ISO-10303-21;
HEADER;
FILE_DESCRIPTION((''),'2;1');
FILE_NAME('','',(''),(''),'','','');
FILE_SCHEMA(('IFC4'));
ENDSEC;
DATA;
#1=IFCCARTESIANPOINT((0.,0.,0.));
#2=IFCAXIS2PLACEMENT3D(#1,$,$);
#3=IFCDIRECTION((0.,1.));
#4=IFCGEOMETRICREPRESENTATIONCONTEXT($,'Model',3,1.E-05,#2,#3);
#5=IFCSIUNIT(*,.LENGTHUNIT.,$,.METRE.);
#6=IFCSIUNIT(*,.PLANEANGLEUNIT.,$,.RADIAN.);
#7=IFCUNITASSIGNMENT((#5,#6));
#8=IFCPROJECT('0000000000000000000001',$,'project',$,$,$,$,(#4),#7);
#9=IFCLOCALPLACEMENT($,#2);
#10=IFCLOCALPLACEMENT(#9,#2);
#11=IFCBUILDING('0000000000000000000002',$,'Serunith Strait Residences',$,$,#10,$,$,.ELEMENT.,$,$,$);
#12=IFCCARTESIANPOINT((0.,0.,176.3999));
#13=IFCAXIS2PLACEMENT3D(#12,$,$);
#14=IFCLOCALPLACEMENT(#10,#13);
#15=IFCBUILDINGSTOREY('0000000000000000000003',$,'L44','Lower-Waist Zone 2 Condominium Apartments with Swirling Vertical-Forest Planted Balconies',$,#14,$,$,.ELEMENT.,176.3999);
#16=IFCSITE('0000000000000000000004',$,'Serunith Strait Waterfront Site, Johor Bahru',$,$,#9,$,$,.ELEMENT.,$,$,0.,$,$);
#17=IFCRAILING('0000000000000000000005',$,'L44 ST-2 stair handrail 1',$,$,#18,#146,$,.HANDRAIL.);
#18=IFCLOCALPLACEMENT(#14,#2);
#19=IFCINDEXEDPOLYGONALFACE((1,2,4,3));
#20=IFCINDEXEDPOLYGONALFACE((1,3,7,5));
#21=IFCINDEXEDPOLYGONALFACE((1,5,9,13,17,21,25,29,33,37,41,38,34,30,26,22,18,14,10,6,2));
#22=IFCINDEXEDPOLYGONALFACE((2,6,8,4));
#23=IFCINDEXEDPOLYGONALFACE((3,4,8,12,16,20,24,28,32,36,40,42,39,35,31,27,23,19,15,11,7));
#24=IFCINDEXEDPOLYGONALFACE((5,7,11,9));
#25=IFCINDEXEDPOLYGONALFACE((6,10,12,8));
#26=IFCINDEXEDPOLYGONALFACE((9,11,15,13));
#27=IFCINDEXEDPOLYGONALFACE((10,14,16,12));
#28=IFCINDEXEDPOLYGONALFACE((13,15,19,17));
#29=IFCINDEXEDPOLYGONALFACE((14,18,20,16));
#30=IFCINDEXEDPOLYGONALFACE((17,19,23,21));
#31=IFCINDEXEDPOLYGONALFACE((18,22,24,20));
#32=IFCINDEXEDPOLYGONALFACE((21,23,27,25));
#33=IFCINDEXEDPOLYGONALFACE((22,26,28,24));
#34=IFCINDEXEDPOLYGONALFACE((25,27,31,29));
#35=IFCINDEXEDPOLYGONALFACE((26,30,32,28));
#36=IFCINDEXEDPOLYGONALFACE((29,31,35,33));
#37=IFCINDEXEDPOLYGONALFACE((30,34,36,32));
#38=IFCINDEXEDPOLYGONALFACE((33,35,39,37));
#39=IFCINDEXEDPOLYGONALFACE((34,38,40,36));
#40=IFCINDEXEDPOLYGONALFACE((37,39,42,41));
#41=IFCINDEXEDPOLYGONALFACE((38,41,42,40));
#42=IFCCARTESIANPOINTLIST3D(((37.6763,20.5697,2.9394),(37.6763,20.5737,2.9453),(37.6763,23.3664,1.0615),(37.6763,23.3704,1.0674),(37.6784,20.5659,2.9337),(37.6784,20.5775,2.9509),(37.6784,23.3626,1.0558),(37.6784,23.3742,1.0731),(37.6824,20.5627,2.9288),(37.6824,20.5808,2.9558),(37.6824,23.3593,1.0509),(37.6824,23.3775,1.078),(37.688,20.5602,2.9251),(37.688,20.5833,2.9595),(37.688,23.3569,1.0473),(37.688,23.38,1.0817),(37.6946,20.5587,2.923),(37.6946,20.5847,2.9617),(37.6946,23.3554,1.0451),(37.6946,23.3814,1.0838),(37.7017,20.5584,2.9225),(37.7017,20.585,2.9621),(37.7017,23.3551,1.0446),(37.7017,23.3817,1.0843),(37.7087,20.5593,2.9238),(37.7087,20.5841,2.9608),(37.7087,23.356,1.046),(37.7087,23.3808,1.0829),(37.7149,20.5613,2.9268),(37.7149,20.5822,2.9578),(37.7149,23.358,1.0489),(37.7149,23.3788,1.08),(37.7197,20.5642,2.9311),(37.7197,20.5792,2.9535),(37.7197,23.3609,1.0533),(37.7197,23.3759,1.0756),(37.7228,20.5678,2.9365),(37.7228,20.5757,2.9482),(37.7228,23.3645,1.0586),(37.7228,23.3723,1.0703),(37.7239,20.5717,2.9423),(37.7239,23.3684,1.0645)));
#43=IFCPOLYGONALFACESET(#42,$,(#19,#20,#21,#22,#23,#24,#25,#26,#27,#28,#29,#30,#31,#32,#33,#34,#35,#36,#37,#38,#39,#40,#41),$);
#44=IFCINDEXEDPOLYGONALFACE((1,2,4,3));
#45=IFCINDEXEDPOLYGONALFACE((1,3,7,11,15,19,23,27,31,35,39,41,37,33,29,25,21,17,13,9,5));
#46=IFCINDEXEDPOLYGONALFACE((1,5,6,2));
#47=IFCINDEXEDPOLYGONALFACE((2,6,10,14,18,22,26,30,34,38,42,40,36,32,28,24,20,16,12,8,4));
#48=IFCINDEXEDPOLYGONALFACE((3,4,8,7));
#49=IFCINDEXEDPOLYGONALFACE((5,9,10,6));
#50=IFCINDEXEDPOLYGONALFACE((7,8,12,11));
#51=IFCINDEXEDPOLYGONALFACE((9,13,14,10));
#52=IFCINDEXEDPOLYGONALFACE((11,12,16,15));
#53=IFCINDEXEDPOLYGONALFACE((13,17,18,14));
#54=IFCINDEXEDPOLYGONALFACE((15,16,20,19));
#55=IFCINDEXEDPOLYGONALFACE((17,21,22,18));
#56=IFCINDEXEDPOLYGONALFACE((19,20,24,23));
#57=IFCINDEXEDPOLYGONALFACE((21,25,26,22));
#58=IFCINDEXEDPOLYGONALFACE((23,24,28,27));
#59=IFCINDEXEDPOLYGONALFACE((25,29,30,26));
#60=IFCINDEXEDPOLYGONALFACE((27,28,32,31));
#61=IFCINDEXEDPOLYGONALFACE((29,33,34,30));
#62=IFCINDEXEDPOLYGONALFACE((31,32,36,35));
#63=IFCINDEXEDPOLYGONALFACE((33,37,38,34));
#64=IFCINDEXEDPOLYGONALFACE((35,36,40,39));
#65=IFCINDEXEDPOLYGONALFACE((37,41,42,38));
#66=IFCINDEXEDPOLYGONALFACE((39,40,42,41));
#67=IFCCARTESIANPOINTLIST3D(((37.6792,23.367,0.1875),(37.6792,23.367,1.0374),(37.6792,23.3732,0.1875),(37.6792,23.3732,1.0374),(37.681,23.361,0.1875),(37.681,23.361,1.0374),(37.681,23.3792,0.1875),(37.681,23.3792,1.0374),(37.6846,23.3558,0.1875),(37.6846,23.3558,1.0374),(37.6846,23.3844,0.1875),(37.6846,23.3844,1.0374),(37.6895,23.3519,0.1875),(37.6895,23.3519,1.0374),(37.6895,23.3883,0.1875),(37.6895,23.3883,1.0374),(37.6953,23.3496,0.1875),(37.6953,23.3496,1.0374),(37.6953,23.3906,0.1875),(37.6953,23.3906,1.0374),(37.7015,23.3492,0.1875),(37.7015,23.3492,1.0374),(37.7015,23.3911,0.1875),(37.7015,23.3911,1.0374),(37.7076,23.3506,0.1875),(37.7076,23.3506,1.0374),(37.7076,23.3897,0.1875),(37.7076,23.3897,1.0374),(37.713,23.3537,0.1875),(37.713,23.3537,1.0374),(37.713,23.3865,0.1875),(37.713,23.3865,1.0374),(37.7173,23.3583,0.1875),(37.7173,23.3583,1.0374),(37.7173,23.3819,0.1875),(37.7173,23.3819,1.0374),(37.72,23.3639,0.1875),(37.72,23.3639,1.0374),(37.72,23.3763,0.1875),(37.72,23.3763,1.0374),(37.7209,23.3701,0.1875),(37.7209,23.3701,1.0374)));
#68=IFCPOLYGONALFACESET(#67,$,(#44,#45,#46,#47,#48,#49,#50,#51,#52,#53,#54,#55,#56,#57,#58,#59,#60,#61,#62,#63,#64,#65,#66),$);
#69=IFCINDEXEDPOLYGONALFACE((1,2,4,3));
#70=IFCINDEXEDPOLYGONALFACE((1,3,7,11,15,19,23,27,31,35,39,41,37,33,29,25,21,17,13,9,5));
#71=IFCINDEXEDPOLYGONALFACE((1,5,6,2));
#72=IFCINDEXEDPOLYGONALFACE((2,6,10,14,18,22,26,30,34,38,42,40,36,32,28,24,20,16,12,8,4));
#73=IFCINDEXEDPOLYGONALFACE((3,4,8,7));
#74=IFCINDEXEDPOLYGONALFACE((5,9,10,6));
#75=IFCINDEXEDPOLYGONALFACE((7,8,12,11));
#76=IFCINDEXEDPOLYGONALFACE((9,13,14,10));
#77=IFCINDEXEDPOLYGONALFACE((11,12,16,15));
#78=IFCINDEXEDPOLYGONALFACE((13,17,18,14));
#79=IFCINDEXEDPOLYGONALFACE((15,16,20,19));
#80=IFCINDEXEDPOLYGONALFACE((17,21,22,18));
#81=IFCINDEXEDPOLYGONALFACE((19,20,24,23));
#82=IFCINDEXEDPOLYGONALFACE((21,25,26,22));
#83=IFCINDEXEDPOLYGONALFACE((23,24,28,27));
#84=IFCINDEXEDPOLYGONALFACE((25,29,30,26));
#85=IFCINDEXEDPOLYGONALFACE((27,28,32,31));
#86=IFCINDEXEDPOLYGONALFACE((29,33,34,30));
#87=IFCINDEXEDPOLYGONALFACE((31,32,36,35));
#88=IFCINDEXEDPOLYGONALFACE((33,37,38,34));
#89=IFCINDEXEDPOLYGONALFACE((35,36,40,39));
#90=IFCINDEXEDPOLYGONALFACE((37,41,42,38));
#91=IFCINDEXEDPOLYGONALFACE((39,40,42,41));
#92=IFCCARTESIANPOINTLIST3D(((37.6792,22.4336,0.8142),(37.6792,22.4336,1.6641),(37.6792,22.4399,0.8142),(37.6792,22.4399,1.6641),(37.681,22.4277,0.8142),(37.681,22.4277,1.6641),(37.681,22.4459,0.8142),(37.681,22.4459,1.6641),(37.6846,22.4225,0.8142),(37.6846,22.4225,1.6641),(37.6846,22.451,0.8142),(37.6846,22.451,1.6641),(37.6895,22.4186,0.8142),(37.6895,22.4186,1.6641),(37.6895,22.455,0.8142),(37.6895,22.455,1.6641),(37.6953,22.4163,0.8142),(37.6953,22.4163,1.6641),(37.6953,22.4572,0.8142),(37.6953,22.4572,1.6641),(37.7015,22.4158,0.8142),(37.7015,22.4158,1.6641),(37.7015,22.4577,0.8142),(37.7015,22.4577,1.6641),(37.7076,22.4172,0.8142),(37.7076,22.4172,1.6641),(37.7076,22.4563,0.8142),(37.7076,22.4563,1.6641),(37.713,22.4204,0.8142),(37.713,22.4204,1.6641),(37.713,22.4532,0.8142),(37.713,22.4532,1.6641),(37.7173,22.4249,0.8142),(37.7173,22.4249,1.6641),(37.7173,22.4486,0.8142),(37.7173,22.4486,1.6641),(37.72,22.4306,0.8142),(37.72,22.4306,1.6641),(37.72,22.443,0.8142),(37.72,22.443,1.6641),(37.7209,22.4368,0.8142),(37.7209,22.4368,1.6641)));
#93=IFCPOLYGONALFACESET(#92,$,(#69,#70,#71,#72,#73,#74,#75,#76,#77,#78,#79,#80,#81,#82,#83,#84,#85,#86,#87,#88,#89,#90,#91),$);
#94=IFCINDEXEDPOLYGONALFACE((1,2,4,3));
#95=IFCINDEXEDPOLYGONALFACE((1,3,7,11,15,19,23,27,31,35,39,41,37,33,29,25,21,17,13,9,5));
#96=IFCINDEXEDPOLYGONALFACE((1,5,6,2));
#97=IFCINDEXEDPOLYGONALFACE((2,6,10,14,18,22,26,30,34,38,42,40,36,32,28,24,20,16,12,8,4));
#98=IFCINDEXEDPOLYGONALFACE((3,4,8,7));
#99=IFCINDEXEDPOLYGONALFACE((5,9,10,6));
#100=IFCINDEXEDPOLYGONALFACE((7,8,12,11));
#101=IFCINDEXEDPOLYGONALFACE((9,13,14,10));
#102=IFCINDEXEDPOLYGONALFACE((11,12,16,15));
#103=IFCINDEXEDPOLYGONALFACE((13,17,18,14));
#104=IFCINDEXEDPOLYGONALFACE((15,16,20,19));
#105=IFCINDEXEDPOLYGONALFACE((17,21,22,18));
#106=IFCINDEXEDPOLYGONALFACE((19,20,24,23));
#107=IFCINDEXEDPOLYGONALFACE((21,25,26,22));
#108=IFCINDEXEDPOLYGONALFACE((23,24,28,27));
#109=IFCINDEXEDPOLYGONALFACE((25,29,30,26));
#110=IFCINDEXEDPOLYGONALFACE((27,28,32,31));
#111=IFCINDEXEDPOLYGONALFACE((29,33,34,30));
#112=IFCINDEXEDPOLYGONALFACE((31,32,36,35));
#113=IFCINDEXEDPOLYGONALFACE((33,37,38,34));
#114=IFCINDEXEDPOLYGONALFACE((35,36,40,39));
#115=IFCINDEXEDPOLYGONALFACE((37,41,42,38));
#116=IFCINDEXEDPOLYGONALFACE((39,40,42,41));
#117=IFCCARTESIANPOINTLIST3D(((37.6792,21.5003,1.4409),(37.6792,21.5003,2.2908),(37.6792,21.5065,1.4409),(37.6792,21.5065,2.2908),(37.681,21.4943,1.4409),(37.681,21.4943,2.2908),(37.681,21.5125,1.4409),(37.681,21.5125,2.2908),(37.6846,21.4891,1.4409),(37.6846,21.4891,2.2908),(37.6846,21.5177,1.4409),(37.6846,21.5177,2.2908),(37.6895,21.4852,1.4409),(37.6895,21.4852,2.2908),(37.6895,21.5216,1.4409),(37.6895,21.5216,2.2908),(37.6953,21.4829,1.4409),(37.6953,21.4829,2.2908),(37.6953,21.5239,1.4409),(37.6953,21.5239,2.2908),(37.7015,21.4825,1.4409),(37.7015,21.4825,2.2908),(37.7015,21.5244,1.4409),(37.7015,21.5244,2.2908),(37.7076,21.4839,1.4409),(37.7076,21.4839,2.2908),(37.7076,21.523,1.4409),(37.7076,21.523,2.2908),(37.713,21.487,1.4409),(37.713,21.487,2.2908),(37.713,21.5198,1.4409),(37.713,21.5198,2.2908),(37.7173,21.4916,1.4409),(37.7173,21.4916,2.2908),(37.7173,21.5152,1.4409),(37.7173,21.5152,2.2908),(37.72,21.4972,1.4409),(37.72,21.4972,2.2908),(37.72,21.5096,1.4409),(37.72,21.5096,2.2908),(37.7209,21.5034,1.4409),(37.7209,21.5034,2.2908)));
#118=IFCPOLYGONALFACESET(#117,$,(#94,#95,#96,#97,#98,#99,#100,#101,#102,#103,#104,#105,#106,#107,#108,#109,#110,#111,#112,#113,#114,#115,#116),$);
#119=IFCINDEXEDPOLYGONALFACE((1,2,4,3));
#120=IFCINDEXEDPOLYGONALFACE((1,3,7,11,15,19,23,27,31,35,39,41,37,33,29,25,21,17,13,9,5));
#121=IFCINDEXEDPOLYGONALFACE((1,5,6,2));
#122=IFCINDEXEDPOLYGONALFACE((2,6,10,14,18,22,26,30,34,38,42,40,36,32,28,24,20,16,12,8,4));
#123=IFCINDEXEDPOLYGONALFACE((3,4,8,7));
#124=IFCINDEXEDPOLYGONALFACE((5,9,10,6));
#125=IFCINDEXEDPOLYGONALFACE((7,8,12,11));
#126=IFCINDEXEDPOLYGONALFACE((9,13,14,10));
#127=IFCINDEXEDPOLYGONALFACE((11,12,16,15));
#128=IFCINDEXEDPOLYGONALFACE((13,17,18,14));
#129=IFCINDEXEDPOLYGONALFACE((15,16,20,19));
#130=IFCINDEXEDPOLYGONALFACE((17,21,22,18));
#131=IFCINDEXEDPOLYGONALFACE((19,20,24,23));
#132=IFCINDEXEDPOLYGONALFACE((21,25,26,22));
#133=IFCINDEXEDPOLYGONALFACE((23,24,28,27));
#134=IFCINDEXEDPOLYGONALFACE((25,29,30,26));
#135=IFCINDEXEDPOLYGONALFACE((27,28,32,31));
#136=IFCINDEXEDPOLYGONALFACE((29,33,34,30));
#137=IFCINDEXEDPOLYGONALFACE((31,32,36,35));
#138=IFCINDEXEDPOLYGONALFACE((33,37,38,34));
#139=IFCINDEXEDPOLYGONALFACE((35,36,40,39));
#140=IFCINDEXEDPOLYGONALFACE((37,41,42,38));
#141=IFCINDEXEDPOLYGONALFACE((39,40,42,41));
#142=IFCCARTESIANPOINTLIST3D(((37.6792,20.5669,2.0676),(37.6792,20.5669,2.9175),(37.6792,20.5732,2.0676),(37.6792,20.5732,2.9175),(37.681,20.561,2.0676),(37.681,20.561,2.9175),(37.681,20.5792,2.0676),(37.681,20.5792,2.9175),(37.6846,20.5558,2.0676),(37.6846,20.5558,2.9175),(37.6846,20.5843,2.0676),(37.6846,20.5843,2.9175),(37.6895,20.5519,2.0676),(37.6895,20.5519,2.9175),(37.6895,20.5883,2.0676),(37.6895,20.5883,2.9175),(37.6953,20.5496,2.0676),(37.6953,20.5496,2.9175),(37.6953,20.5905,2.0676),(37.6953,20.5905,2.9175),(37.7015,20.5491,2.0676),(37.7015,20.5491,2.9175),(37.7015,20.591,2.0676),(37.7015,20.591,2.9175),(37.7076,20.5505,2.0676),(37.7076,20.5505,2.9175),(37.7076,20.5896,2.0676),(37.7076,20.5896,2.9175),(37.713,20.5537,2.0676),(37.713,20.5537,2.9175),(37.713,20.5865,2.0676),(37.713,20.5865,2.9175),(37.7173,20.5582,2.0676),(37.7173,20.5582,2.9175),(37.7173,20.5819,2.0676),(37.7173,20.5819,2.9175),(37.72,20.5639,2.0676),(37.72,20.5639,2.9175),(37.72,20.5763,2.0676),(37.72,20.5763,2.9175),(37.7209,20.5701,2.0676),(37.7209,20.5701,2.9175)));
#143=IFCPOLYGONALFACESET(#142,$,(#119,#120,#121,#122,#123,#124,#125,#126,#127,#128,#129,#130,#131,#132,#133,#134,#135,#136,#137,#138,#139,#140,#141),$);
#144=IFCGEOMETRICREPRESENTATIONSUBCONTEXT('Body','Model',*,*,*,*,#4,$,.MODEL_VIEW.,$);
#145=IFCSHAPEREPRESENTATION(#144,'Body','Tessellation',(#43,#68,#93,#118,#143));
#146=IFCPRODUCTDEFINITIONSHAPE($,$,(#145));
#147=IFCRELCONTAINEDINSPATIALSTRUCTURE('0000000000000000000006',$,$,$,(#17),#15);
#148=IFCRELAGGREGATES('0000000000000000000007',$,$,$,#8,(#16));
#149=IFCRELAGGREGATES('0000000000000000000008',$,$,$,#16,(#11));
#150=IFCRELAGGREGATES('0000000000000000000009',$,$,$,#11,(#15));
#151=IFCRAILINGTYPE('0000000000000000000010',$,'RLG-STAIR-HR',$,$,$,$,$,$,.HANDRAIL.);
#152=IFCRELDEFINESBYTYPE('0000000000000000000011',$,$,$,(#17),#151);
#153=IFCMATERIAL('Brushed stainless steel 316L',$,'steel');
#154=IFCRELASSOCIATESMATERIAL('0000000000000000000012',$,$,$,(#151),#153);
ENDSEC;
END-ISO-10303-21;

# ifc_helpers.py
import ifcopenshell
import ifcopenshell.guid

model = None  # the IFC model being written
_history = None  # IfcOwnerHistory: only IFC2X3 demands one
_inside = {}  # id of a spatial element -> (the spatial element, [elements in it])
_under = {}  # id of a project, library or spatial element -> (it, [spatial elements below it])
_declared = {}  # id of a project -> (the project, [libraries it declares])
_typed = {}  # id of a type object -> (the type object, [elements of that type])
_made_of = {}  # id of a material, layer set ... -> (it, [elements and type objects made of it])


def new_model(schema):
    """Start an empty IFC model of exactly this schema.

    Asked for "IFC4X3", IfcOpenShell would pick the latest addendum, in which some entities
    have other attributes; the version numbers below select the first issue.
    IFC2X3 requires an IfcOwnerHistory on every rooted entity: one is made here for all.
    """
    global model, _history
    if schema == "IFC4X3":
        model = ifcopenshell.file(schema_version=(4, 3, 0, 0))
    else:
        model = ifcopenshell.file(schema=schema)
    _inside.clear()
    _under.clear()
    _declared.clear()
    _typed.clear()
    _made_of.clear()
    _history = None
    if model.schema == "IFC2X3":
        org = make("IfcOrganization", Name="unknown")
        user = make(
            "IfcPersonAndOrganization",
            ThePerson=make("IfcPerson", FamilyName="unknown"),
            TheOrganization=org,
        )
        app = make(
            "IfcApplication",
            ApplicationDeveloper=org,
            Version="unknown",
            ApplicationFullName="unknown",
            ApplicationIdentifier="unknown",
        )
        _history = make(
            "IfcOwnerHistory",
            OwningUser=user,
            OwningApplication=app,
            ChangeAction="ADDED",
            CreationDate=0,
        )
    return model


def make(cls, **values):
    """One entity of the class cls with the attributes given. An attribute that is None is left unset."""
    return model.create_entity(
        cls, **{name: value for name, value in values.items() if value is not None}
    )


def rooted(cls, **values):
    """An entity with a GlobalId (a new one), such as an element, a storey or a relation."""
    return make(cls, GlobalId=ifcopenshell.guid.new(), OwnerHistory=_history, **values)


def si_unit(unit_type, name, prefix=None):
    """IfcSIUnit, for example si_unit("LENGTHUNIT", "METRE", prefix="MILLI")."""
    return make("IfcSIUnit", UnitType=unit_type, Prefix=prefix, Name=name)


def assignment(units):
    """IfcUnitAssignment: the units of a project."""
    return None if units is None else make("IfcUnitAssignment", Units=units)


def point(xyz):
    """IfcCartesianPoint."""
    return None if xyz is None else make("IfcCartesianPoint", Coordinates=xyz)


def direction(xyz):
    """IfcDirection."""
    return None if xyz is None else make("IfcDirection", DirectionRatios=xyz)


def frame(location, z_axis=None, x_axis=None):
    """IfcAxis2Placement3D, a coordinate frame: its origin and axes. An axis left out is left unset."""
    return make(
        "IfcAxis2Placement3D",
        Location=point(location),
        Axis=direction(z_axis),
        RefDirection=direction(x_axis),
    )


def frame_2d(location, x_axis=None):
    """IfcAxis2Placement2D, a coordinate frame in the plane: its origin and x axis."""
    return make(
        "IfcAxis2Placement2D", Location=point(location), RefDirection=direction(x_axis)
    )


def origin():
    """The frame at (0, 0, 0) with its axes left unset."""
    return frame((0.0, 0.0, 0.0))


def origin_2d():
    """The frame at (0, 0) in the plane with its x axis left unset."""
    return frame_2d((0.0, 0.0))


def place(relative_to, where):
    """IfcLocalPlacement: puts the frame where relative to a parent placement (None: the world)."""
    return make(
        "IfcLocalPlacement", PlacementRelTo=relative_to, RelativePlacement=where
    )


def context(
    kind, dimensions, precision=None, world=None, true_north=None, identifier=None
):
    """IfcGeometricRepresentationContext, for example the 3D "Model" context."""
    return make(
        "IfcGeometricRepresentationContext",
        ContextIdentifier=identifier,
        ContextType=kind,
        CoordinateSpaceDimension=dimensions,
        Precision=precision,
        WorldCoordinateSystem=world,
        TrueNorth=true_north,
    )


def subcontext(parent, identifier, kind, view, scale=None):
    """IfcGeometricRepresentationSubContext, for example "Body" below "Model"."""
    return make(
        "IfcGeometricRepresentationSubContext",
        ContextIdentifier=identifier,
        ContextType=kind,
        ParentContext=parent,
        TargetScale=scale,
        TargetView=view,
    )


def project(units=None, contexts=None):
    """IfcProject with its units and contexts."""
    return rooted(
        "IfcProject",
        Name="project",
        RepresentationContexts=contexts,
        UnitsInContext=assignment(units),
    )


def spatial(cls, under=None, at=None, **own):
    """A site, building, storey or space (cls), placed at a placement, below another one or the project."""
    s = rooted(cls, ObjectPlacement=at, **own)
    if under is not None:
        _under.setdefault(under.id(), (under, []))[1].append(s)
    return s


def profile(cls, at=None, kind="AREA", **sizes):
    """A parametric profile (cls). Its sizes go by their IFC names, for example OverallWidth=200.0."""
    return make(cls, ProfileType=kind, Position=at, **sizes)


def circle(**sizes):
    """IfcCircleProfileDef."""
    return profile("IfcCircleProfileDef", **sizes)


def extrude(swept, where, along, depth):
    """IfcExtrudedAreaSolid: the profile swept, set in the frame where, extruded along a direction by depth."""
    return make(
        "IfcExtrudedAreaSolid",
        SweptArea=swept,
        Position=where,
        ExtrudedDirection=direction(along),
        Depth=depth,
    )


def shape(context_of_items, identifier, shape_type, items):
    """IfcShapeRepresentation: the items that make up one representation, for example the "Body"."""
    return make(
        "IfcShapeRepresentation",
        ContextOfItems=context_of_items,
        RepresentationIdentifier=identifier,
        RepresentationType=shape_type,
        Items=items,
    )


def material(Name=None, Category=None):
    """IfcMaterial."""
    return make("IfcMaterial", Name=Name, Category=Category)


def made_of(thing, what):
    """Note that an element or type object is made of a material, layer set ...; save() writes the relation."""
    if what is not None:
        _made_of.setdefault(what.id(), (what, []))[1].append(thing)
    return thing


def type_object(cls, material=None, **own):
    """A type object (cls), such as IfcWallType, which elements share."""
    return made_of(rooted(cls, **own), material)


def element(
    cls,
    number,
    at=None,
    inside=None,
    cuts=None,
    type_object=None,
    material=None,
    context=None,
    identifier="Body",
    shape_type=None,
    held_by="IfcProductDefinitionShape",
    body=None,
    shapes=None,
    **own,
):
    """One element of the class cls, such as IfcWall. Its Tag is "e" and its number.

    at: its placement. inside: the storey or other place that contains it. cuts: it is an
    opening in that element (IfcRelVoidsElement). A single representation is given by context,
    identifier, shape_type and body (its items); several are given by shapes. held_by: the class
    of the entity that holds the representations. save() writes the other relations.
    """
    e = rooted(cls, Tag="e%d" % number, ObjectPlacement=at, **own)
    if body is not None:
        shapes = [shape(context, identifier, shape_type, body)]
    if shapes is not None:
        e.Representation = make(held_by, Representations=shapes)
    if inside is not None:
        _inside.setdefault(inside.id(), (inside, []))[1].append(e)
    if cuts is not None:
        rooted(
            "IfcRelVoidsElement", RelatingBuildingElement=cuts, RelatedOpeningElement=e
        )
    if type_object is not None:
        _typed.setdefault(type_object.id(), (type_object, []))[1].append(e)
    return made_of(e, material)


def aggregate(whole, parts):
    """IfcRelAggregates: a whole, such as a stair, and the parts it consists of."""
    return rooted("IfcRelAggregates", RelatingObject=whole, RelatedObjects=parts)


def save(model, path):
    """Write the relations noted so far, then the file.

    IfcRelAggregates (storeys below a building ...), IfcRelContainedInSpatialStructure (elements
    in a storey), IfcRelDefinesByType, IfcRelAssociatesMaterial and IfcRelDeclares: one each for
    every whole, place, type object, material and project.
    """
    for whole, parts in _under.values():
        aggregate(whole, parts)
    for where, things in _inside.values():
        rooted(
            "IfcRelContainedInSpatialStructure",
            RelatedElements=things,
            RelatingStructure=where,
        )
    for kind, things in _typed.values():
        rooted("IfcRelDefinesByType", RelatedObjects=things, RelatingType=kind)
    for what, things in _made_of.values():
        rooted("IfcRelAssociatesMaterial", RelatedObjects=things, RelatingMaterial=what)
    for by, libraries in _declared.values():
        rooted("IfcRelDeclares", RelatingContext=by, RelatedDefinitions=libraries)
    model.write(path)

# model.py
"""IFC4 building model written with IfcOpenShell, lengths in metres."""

from ifc_helpers import new_model, si_unit, direction, frame, origin, origin_2d, place, context, subcontext, project, spatial, circle, extrude, material, type_object, element, save


model = new_model("IFC4")

# Units and contexts
model_context = context("Model", 3, precision=1e-05, world=origin(), true_north=direction((0.0, 1.0)))
body_context = subcontext(model_context, "Body", "Model", "MODEL_VIEW")
ifc_project = project(units=[si_unit("LENGTHUNIT", "METRE"), si_unit("PLANEANGLEUNIT", "RADIAN")], contexts=[model_context])

# Site, building, storey
site_placement = place(None, origin())
site = spatial("IfcSite", under=ifc_project, at=site_placement, Name="Serunith Strait Waterfront Site, Johor Bahru", CompositionType="ELEMENT", RefElevation=0.0)
building_placement = place(site_placement, origin())
building = spatial("IfcBuilding", under=site, at=building_placement, Name="Serunith Strait Residences", CompositionType="ELEMENT")
storey_placement = place(building_placement, frame((0.0, 0.0, 176.3999)))
storey = spatial("IfcBuildingStorey", under=building, at=storey_placement, Name="L44", Description="Lower-Waist Zone 2 Condominium Apartments with Swirling Vertical-Forest Planted Balconies", CompositionType="ELEMENT", Elevation=176.3999)

# Railing
ifc_material_1 = material(Name="Brushed stainless steel 316L", Category="steel")
railing_type_1 = type_object("IfcRailingType", Name="RLG-STAIR-HR", PredefinedType="HANDRAIL", material=ifc_material_1)
railing_1_placement = place(storey_placement, frame((37.7, 23.3701, 0.1875)))
element("IfcRailing", 1, at=railing_1_placement, inside=storey, type_object=railing_type_1, Name="L44 ST-2 stair handrail 1", PredefinedType="HANDRAIL", context=body_context, shape_type="SweptSolid", body=[
    extrude(circle(Radius=0.0239, at=origin_2d()), frame((0.0, -0.0017, 0.877), z_axis=(0.0, -0.830208, 0.557453), x_axis=(1.0, 0.0, 0.0)), (0.0, 0.0, 1.0), 3.3687),
    extrude(circle(Radius=0.021, at=origin_2d()), origin(), (0.0, 0.0, 1.0), 0.8499),
    extrude(circle(Radius=0.021, at=origin_2d()), frame((0.0, -0.9333, 0.6267)), (0.0, 0.0, 1.0), 0.8499),
    extrude(circle(Radius=0.021, at=origin_2d()), frame((0.0, -1.8667, 1.2534)), (0.0, 0.0, 1.0), 0.8499),
    extrude(circle(Radius=0.021, at=origin_2d()), frame((0.0, -2.8, 1.8801)), (0.0, 0.0, 1.0), 0.8499),
])

save(model, "model.ifc")
